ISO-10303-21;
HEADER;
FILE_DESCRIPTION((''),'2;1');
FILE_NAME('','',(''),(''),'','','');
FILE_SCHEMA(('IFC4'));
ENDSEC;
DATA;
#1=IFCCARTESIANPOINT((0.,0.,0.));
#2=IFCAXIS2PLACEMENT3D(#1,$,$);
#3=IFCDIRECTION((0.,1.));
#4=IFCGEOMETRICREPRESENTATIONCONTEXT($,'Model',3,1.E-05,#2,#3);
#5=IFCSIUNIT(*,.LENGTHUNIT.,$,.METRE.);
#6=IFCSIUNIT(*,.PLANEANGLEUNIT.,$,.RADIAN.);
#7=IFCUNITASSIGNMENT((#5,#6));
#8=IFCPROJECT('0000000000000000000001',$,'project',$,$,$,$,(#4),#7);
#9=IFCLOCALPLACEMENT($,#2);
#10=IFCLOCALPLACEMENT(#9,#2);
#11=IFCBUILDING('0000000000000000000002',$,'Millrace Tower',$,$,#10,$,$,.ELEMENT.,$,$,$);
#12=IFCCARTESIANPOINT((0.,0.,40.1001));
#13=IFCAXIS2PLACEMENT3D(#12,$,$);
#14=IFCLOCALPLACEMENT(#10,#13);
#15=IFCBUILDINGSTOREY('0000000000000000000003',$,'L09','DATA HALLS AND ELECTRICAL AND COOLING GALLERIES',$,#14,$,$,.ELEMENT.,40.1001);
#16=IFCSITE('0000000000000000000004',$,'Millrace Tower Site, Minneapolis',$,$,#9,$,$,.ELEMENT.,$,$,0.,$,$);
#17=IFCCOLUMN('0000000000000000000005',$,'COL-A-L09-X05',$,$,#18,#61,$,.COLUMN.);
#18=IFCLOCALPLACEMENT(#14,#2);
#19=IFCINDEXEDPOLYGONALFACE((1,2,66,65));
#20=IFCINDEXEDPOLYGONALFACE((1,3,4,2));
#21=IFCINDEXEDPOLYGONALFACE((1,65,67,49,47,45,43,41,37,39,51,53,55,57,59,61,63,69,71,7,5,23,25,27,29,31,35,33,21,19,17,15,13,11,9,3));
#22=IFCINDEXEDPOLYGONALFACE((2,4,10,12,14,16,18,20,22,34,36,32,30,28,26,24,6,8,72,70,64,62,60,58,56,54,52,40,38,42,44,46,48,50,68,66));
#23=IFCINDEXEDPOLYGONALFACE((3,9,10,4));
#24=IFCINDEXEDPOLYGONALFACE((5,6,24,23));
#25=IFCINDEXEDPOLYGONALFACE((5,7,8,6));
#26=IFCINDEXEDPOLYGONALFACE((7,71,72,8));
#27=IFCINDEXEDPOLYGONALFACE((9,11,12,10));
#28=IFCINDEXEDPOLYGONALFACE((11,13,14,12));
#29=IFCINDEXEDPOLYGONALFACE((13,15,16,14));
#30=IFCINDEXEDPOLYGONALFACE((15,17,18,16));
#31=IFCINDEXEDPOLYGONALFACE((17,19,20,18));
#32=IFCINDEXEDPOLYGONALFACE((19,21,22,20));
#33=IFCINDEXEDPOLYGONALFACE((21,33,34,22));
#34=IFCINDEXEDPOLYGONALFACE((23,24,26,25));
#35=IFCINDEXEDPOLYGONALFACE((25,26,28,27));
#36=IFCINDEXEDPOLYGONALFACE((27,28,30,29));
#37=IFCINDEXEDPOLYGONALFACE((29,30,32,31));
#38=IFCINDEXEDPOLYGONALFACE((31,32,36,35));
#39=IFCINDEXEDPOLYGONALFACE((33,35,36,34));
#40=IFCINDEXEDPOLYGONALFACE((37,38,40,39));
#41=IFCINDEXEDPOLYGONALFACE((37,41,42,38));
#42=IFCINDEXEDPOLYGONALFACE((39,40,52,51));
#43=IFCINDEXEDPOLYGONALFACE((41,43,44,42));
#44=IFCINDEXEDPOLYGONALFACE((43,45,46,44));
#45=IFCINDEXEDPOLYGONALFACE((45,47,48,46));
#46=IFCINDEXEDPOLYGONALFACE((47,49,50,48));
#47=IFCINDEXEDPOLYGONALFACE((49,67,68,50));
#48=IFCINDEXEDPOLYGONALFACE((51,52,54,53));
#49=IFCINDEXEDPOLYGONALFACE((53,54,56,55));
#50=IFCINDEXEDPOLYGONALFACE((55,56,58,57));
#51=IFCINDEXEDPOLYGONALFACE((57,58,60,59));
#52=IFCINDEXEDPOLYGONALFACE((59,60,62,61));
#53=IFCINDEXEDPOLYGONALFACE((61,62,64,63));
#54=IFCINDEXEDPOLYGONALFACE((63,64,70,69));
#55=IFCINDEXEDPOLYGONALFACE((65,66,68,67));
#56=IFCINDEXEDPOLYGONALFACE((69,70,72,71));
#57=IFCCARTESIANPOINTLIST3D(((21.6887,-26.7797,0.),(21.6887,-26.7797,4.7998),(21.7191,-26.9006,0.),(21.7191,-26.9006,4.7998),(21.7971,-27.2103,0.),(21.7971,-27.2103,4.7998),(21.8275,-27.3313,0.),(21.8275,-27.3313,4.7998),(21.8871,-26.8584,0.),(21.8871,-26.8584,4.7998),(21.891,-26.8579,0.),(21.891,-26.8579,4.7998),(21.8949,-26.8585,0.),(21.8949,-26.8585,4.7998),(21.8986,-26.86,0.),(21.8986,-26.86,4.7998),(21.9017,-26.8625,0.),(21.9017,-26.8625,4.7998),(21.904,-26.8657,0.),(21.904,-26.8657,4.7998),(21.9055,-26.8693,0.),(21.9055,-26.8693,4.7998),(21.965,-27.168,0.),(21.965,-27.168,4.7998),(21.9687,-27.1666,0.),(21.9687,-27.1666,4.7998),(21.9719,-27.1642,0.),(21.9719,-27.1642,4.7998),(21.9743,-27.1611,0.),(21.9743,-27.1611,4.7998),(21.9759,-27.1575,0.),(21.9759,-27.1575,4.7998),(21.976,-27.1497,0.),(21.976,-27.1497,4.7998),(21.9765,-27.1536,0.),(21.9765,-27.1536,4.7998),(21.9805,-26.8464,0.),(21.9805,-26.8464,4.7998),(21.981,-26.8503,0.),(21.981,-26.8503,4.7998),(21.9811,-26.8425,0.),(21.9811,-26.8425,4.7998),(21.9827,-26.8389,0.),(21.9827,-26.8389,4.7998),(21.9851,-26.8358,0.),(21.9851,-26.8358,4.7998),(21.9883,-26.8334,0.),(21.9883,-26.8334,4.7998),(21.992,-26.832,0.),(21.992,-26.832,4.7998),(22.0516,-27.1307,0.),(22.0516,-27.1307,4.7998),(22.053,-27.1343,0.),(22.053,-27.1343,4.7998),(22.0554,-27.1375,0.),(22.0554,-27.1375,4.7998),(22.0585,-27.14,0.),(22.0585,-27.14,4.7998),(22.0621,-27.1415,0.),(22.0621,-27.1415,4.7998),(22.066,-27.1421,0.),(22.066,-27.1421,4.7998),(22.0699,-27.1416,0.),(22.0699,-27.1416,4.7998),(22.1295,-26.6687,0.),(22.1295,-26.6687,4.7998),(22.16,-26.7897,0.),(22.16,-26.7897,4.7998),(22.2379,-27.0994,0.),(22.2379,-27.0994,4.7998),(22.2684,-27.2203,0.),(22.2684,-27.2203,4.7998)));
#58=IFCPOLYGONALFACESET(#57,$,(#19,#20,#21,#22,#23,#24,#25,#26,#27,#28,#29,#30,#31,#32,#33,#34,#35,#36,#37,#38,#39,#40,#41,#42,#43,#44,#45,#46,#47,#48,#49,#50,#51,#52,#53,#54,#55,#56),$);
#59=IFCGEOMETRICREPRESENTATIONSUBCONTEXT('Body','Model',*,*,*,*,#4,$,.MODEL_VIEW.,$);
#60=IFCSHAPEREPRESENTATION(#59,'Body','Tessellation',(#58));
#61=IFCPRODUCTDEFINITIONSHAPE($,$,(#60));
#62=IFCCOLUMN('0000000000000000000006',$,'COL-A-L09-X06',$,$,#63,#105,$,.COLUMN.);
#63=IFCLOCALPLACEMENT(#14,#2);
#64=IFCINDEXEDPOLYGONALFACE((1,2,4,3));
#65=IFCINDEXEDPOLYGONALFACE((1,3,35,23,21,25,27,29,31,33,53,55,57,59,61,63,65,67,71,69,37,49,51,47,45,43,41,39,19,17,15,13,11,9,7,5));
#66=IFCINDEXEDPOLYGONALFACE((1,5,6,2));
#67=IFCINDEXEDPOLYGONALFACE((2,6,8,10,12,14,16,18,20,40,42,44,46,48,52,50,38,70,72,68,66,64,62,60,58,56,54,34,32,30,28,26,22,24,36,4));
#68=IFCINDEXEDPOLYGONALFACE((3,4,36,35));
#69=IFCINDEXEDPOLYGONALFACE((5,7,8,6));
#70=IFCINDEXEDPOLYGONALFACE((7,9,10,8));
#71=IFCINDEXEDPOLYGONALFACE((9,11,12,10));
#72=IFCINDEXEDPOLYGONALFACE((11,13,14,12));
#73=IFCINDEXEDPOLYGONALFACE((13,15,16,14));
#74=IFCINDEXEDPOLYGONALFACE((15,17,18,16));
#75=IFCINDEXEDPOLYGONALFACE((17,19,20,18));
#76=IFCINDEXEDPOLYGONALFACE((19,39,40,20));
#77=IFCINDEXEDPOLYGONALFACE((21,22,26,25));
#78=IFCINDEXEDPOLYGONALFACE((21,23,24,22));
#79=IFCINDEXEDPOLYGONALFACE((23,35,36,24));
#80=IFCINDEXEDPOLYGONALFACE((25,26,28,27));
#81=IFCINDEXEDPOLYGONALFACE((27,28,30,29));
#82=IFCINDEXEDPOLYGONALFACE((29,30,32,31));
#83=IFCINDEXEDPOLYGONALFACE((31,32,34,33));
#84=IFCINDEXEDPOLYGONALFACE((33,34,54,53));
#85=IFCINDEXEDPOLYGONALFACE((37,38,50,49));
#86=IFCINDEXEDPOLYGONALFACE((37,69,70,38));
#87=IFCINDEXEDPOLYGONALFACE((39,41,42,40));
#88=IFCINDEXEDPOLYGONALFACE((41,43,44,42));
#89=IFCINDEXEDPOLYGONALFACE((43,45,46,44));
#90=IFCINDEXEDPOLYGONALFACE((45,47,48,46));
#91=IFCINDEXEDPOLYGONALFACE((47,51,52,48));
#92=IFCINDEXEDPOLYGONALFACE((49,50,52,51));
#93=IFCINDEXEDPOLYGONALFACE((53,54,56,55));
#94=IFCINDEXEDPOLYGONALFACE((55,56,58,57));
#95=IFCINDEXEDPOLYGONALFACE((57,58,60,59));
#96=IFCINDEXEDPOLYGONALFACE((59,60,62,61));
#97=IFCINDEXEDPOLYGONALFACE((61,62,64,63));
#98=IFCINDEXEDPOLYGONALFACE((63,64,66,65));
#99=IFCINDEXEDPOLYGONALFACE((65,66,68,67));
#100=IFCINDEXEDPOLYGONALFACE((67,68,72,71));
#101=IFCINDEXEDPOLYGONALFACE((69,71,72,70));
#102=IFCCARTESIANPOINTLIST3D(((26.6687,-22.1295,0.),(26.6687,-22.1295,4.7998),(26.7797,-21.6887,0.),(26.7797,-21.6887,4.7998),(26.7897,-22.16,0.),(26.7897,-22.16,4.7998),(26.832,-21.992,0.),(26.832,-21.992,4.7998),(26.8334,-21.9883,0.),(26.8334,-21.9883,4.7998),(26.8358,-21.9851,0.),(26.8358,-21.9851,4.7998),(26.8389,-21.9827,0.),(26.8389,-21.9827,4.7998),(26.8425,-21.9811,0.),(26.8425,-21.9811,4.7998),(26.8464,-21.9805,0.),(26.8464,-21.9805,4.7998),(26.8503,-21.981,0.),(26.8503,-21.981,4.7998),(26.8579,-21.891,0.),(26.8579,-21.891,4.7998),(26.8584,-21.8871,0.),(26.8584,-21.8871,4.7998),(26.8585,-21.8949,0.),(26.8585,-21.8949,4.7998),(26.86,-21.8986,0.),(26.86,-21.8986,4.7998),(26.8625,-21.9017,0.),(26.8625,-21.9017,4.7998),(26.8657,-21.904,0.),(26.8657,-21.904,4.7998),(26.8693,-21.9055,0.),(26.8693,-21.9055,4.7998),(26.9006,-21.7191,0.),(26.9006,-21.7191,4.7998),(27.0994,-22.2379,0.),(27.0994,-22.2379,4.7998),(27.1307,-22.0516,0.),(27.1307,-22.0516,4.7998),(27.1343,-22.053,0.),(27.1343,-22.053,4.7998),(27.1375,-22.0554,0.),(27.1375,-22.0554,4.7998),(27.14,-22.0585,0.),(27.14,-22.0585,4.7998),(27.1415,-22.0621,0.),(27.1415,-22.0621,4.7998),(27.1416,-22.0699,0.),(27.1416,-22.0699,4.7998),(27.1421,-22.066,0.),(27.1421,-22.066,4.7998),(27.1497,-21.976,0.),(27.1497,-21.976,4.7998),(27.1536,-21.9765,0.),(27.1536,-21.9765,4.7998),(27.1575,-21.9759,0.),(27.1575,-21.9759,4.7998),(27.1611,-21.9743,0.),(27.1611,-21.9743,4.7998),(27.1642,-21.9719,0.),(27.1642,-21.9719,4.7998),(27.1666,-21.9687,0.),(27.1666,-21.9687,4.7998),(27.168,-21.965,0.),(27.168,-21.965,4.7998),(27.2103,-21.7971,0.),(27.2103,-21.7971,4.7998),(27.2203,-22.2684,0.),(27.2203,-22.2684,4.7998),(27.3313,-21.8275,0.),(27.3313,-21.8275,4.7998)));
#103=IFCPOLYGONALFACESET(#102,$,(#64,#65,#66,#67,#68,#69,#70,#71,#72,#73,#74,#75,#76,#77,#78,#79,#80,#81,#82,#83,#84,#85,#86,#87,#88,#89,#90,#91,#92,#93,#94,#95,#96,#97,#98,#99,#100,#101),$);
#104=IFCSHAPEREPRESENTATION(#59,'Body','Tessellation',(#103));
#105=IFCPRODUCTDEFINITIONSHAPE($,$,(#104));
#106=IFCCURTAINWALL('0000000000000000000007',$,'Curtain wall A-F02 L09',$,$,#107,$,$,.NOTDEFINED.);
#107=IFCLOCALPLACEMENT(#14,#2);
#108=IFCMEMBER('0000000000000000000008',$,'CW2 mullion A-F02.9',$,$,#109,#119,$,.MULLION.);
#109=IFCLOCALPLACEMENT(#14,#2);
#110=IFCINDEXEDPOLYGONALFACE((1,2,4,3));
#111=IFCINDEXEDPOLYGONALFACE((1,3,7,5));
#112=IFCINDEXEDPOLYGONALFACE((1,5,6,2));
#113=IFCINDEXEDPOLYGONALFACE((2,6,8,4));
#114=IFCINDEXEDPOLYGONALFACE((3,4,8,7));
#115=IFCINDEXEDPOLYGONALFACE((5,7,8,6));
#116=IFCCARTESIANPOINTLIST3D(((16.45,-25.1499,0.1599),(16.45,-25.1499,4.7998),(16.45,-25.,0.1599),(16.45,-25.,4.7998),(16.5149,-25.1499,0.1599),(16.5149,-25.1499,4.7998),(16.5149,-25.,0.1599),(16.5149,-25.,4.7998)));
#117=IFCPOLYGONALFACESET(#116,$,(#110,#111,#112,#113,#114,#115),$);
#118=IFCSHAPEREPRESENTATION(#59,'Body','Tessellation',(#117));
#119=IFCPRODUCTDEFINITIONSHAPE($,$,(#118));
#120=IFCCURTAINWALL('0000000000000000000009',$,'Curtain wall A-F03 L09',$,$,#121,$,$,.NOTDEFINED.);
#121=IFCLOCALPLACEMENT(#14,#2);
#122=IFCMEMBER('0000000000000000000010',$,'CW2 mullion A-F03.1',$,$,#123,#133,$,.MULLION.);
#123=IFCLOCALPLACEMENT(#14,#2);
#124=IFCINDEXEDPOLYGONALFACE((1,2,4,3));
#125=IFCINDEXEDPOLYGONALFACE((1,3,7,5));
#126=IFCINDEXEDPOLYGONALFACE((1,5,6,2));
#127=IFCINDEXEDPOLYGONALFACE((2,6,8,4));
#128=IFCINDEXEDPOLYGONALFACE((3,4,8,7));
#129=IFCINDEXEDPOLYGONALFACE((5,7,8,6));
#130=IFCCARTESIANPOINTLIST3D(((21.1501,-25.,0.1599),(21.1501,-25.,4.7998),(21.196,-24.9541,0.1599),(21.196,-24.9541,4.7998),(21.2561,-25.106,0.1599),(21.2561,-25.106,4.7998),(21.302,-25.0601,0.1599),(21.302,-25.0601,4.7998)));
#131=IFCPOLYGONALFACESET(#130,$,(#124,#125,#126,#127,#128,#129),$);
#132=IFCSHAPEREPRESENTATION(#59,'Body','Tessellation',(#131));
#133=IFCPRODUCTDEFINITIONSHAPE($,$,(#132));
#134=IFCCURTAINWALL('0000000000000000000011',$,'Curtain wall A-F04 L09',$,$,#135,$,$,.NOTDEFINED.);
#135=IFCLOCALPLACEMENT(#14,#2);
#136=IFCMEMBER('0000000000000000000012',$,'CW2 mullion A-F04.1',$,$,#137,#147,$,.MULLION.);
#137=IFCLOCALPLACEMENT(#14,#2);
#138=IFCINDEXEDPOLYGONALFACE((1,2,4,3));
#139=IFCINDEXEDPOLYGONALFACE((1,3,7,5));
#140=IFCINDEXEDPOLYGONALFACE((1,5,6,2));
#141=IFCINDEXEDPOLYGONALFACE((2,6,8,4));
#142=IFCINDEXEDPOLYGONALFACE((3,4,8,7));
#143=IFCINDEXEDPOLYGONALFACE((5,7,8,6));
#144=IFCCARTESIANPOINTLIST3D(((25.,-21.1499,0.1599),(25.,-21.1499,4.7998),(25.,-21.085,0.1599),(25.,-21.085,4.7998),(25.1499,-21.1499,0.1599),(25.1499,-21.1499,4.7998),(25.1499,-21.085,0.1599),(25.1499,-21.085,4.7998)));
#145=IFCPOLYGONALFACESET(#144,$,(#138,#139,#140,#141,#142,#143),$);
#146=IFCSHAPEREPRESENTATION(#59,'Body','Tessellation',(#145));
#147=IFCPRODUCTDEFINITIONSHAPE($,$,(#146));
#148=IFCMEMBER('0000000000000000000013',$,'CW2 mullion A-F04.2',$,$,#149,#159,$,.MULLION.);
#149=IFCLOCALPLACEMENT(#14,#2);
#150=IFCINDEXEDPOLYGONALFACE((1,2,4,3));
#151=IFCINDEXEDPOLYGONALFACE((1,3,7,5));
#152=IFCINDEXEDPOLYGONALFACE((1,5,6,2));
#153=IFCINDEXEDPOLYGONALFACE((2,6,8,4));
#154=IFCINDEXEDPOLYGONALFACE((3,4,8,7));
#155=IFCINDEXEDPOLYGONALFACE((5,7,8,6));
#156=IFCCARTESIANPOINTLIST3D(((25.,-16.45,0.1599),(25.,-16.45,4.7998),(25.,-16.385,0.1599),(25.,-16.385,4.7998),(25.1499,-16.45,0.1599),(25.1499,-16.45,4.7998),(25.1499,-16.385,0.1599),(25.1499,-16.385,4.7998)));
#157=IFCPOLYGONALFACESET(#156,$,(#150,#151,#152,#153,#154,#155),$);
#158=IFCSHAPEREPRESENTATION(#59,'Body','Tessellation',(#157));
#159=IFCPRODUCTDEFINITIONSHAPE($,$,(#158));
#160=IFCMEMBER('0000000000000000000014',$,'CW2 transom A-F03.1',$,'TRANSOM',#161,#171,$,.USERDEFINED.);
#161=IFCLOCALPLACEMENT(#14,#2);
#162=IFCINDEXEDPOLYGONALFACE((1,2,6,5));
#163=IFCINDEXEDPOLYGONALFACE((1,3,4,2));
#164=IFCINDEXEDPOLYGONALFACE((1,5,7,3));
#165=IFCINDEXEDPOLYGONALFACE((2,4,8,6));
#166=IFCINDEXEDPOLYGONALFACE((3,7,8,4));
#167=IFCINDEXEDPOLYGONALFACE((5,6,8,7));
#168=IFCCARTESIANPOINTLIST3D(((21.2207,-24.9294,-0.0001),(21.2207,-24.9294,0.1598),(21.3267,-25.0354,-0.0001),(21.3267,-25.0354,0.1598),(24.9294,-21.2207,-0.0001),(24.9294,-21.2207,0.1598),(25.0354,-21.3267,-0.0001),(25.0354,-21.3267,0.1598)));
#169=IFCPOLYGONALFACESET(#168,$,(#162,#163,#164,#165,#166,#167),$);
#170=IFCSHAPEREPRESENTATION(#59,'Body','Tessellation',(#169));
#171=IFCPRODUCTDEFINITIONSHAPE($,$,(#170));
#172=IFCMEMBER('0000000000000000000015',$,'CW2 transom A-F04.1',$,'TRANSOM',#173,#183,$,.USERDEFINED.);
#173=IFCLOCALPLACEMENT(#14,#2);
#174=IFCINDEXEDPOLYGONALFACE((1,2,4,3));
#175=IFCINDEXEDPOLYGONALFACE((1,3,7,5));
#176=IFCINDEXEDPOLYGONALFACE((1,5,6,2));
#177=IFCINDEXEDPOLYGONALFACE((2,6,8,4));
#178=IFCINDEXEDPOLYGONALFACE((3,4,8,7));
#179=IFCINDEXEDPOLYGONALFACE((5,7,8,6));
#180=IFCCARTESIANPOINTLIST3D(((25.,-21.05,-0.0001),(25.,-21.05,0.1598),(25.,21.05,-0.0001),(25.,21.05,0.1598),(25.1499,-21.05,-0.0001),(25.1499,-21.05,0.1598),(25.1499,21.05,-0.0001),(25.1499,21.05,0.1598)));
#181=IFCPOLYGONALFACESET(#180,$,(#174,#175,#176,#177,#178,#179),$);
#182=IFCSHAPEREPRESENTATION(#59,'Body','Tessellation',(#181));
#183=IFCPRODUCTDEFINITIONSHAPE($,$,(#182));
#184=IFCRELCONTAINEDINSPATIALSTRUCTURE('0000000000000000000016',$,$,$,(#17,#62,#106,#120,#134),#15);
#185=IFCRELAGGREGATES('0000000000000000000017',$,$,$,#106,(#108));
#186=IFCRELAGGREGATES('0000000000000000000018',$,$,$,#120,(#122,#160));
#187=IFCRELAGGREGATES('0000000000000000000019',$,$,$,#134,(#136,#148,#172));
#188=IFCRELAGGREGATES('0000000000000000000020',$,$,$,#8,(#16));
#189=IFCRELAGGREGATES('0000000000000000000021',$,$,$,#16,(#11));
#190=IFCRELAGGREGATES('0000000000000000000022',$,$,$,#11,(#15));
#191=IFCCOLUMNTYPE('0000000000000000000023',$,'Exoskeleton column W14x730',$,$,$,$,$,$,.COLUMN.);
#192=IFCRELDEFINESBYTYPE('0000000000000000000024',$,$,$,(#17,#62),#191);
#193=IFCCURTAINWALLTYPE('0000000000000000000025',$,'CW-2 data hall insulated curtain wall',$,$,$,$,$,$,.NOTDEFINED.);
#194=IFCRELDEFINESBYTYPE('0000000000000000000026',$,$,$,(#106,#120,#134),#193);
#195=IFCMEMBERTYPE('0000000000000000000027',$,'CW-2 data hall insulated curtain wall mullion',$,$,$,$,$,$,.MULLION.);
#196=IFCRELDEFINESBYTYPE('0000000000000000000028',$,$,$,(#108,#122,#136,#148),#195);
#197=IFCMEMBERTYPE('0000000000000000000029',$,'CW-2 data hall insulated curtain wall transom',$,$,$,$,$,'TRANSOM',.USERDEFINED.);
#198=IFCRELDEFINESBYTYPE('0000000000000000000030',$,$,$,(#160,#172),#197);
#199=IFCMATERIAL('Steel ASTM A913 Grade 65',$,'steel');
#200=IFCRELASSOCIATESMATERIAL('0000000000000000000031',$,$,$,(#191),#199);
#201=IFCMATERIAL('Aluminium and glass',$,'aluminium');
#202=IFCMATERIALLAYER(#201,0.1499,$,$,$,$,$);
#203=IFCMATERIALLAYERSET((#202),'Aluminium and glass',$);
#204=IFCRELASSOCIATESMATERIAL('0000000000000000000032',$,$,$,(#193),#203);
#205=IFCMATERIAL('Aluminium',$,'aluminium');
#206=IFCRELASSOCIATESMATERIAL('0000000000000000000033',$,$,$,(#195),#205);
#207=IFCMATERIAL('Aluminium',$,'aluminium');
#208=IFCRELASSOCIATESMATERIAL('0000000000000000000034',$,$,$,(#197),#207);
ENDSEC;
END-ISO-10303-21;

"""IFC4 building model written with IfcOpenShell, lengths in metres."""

from ifc_helpers import new_model, si_unit, direction, frame, origin, origin_2d, place, context, subcontext, project, spatial, rectangle, i_section, extrude, material, layer, layer_set, material_profile, profile_set, type_object, element, aggregate, save


model = new_model("IFC4")

# Units and contexts
model_context = context("Model", 3, precision=1e-05, world=origin(), true_north=direction((0.0, 1.0)))
body_context = subcontext(model_context, "Body", "Model", "MODEL_VIEW")
ifc_project = project(units=[si_unit("LENGTHUNIT", "METRE"), si_unit("PLANEANGLEUNIT", "RADIAN")], contexts=[model_context])

# Site, building, storey
site_placement = place(None, origin())
site = spatial("IfcSite", under=ifc_project, at=site_placement, Name="Millrace Tower Site, Minneapolis", CompositionType="ELEMENT", RefElevation=0.0)
building_placement = place(site_placement, origin())
building = spatial("IfcBuilding", under=site, at=building_placement, Name="Millrace Tower", CompositionType="ELEMENT")
storey_placement = place(building_placement, frame((0.0, 0.0, 40.1001)))
storey = spatial("IfcBuildingStorey", under=building, at=storey_placement, Name="L09", Description="DATA HALLS AND ELECTRICAL AND COOLING GALLERIES", CompositionType="ELEMENT", Elevation=40.1001)

# Columns
ifc_material_1 = material(Name="Steel ASTM A913 Grade 65", Category="steel")
ifc_material_profile_1 = material_profile(ifc_material_1, i_section(OverallWidth=0.4546, OverallDepth=0.5688, WebThickness=0.0779, FlangeThickness=0.1248, FilletRadius=0.0151, at=origin_2d()))
ifc_profile_set_1 = profile_set([ifc_material_profile_1], Name="Steel ASTM A913 Grade 65")
column_type = type_object("IfcColumnType", Name="Exoskeleton column W14x730", PredefinedType="COLUMN", material=ifc_profile_set_1)
for number, where, z_axis, x_axis, name in (
    (1, (21.9785, -27.0, 0.0), (0.0, 0.0, 1.0), (0.969752, 0.244094, 0.0), "COL-A-L09-X05"),
    (2, (27.0, -21.9785, 0.0), (0.0, 0.0, 1.0), (0.244094, 0.969752, 0.0), "COL-A-L09-X06"),
):
    element("IfcColumn", number, at=place(storey_placement, frame(where, z_axis=z_axis, x_axis=x_axis)), inside=storey, type_object=column_type, Name=name, PredefinedType="COLUMN", context=body_context, shape_type="SweptSolid", body=[
        extrude(i_section(OverallWidth=0.4546, OverallDepth=0.5688, WebThickness=0.0779, FlangeThickness=0.1248, FilletRadius=0.0151, at=origin_2d()), origin(), (0.0, 0.0, 1.0), 4.7998),
    ])

# Curtain walls, members
ifc_material_2 = material(Name="Aluminium and glass", Category="aluminium")
ifc_layer_1 = layer(ifc_material_2, 0.1499)
ifc_layer_set_1 = layer_set([ifc_layer_1], Name="Aluminium and glass")
curtain_wall_type = type_object("IfcCurtainWallType", Name="CW-2 data hall insulated curtain wall", PredefinedType="NOTDEFINED", material=ifc_layer_set_1)
placement = place(storey_placement, origin())
curtain_wall_1 = element("IfcCurtainWall", 3, at=placement, inside=storey, type_object=curtain_wall_type, Name="Curtain wall A-F02 L09", PredefinedType="NOTDEFINED")
ifc_material_3 = material(Name="Aluminium", Category="aluminium")
ifc_material_profile_2 = material_profile(ifc_material_3, rectangle(XDim=0.0649, YDim=0.1499, at=origin_2d()))
ifc_profile_set_2 = profile_set([ifc_material_profile_2], Name="Aluminium")
member_type_1 = type_object("IfcMemberType", Name="CW-2 data hall insulated curtain wall mullion", PredefinedType="MULLION", material=ifc_profile_set_2)
member_1_placement = place(storey_placement, frame((16.4824, -25.075, 0.1599), z_axis=(0.0, 0.0, 1.0), x_axis=(1.0, 0.0, 0.0)))
member_1 = element("IfcMember", 4, at=member_1_placement, type_object=member_type_1, Name="CW2 mullion A-F02.9", PredefinedType="MULLION", context=body_context, shape_type="SweptSolid", body=[
    extrude(rectangle(XDim=0.0649, YDim=0.1499, at=origin_2d()), origin(), (0.0, 0.0, 1.0), 4.6399),
])
aggregate(curtain_wall_1, [member_1])
curtain_wall_2 = element("IfcCurtainWall", 5, at=placement, inside=storey, type_object=curtain_wall_type, Name="Curtain wall A-F03 L09", PredefinedType="NOTDEFINED")
member_2_placement = place(storey_placement, frame((21.2261, -25.03, 0.1599), z_axis=(0.0, 0.0, 1.0), x_axis=(0.707107, 0.707107, 0.0)))
member_2 = element("IfcMember", 6, at=member_2_placement, type_object=member_type_1, Name="CW2 mullion A-F03.1", PredefinedType="MULLION", context=body_context, shape_type="SweptSolid", body=[
    extrude(rectangle(XDim=0.0649, YDim=0.1499, at=origin_2d()), origin(), (0.0, 0.0, 1.0), 4.6399),
])

# Curtain wall, members
curtain_wall_3 = element("IfcCurtainWall", 7, at=placement, inside=storey, type_object=curtain_wall_type, Name="Curtain wall A-F04 L09", PredefinedType="NOTDEFINED")
member_3_placement = place(storey_placement, frame((25.075, -21.1174, 0.1599), z_axis=(0.0, 0.0, 1.0), x_axis=(0.0, 1.0, 0.0)))
member_3 = element("IfcMember", 8, at=member_3_placement, type_object=member_type_1, Name="CW2 mullion A-F04.1", PredefinedType="MULLION", context=body_context, shape_type="SweptSolid", body=[
    extrude(rectangle(XDim=0.0649, YDim=0.1499, at=origin_2d()), origin(), (0.0, 0.0, 1.0), 4.6399),
])
member_4_placement = place(storey_placement, frame((25.075, -16.4175, 0.1599), z_axis=(0.0, 0.0, 1.0), x_axis=(0.0, 1.0, 0.0)))
member_4 = element("IfcMember", 9, at=member_4_placement, type_object=member_type_1, Name="CW2 mullion A-F04.2", PredefinedType="MULLION", context=body_context, shape_type="SweptSolid", body=[
    extrude(rectangle(XDim=0.0649, YDim=0.1499, at=origin_2d()), origin(), (0.0, 0.0, 1.0), 4.6399),
])

# Members
ifc_material_4 = material(Name="Aluminium", Category="aluminium")
ifc_material_profile_3 = material_profile(ifc_material_4, rectangle(XDim=0.1499, YDim=0.1599, at=origin_2d()))
ifc_profile_set_3 = profile_set([ifc_material_profile_3], Name="Aluminium")
member_type_2 = type_object("IfcMemberType", Name="CW-2 data hall insulated curtain wall transom", ElementType="TRANSOM", PredefinedType="USERDEFINED", material=ifc_profile_set_3)
member_5_placement = place(storey_placement, frame((21.2737, -24.9824, 0.0798), z_axis=(0.707107, 0.707107, 0.0), x_axis=(-0.707107, 0.707107, 0.0)))
member_5 = element("IfcMember", 10, at=member_5_placement, type_object=member_type_2, Name="CW2 transom A-F03.1", ObjectType="TRANSOM", PredefinedType="USERDEFINED", context=body_context, shape_type="SweptSolid", body=[
    extrude(rectangle(XDim=0.1499, YDim=0.1599, at=origin_2d()), origin(), (0.0, 0.0, 1.0), 5.2449),
])
aggregate(curtain_wall_2, [member_2, member_5])
member_6_placement = place(storey_placement, frame((25.075, -21.05, 0.0798), z_axis=(0.0, 1.0, 0.0), x_axis=(-1.0, 0.0, 0.0)))
member_6 = element("IfcMember", 11, at=member_6_placement, type_object=member_type_2, Name="CW2 transom A-F04.1", ObjectType="TRANSOM", PredefinedType="USERDEFINED", context=body_context, shape_type="SweptSolid", body=[
    extrude(rectangle(XDim=0.1499, YDim=0.1599, at=origin_2d()), origin(), (0.0, 0.0, 1.0), 42.1001),
])
aggregate(curtain_wall_3, [member_3, member_4, member_6])

save(model, "model.ifc")
